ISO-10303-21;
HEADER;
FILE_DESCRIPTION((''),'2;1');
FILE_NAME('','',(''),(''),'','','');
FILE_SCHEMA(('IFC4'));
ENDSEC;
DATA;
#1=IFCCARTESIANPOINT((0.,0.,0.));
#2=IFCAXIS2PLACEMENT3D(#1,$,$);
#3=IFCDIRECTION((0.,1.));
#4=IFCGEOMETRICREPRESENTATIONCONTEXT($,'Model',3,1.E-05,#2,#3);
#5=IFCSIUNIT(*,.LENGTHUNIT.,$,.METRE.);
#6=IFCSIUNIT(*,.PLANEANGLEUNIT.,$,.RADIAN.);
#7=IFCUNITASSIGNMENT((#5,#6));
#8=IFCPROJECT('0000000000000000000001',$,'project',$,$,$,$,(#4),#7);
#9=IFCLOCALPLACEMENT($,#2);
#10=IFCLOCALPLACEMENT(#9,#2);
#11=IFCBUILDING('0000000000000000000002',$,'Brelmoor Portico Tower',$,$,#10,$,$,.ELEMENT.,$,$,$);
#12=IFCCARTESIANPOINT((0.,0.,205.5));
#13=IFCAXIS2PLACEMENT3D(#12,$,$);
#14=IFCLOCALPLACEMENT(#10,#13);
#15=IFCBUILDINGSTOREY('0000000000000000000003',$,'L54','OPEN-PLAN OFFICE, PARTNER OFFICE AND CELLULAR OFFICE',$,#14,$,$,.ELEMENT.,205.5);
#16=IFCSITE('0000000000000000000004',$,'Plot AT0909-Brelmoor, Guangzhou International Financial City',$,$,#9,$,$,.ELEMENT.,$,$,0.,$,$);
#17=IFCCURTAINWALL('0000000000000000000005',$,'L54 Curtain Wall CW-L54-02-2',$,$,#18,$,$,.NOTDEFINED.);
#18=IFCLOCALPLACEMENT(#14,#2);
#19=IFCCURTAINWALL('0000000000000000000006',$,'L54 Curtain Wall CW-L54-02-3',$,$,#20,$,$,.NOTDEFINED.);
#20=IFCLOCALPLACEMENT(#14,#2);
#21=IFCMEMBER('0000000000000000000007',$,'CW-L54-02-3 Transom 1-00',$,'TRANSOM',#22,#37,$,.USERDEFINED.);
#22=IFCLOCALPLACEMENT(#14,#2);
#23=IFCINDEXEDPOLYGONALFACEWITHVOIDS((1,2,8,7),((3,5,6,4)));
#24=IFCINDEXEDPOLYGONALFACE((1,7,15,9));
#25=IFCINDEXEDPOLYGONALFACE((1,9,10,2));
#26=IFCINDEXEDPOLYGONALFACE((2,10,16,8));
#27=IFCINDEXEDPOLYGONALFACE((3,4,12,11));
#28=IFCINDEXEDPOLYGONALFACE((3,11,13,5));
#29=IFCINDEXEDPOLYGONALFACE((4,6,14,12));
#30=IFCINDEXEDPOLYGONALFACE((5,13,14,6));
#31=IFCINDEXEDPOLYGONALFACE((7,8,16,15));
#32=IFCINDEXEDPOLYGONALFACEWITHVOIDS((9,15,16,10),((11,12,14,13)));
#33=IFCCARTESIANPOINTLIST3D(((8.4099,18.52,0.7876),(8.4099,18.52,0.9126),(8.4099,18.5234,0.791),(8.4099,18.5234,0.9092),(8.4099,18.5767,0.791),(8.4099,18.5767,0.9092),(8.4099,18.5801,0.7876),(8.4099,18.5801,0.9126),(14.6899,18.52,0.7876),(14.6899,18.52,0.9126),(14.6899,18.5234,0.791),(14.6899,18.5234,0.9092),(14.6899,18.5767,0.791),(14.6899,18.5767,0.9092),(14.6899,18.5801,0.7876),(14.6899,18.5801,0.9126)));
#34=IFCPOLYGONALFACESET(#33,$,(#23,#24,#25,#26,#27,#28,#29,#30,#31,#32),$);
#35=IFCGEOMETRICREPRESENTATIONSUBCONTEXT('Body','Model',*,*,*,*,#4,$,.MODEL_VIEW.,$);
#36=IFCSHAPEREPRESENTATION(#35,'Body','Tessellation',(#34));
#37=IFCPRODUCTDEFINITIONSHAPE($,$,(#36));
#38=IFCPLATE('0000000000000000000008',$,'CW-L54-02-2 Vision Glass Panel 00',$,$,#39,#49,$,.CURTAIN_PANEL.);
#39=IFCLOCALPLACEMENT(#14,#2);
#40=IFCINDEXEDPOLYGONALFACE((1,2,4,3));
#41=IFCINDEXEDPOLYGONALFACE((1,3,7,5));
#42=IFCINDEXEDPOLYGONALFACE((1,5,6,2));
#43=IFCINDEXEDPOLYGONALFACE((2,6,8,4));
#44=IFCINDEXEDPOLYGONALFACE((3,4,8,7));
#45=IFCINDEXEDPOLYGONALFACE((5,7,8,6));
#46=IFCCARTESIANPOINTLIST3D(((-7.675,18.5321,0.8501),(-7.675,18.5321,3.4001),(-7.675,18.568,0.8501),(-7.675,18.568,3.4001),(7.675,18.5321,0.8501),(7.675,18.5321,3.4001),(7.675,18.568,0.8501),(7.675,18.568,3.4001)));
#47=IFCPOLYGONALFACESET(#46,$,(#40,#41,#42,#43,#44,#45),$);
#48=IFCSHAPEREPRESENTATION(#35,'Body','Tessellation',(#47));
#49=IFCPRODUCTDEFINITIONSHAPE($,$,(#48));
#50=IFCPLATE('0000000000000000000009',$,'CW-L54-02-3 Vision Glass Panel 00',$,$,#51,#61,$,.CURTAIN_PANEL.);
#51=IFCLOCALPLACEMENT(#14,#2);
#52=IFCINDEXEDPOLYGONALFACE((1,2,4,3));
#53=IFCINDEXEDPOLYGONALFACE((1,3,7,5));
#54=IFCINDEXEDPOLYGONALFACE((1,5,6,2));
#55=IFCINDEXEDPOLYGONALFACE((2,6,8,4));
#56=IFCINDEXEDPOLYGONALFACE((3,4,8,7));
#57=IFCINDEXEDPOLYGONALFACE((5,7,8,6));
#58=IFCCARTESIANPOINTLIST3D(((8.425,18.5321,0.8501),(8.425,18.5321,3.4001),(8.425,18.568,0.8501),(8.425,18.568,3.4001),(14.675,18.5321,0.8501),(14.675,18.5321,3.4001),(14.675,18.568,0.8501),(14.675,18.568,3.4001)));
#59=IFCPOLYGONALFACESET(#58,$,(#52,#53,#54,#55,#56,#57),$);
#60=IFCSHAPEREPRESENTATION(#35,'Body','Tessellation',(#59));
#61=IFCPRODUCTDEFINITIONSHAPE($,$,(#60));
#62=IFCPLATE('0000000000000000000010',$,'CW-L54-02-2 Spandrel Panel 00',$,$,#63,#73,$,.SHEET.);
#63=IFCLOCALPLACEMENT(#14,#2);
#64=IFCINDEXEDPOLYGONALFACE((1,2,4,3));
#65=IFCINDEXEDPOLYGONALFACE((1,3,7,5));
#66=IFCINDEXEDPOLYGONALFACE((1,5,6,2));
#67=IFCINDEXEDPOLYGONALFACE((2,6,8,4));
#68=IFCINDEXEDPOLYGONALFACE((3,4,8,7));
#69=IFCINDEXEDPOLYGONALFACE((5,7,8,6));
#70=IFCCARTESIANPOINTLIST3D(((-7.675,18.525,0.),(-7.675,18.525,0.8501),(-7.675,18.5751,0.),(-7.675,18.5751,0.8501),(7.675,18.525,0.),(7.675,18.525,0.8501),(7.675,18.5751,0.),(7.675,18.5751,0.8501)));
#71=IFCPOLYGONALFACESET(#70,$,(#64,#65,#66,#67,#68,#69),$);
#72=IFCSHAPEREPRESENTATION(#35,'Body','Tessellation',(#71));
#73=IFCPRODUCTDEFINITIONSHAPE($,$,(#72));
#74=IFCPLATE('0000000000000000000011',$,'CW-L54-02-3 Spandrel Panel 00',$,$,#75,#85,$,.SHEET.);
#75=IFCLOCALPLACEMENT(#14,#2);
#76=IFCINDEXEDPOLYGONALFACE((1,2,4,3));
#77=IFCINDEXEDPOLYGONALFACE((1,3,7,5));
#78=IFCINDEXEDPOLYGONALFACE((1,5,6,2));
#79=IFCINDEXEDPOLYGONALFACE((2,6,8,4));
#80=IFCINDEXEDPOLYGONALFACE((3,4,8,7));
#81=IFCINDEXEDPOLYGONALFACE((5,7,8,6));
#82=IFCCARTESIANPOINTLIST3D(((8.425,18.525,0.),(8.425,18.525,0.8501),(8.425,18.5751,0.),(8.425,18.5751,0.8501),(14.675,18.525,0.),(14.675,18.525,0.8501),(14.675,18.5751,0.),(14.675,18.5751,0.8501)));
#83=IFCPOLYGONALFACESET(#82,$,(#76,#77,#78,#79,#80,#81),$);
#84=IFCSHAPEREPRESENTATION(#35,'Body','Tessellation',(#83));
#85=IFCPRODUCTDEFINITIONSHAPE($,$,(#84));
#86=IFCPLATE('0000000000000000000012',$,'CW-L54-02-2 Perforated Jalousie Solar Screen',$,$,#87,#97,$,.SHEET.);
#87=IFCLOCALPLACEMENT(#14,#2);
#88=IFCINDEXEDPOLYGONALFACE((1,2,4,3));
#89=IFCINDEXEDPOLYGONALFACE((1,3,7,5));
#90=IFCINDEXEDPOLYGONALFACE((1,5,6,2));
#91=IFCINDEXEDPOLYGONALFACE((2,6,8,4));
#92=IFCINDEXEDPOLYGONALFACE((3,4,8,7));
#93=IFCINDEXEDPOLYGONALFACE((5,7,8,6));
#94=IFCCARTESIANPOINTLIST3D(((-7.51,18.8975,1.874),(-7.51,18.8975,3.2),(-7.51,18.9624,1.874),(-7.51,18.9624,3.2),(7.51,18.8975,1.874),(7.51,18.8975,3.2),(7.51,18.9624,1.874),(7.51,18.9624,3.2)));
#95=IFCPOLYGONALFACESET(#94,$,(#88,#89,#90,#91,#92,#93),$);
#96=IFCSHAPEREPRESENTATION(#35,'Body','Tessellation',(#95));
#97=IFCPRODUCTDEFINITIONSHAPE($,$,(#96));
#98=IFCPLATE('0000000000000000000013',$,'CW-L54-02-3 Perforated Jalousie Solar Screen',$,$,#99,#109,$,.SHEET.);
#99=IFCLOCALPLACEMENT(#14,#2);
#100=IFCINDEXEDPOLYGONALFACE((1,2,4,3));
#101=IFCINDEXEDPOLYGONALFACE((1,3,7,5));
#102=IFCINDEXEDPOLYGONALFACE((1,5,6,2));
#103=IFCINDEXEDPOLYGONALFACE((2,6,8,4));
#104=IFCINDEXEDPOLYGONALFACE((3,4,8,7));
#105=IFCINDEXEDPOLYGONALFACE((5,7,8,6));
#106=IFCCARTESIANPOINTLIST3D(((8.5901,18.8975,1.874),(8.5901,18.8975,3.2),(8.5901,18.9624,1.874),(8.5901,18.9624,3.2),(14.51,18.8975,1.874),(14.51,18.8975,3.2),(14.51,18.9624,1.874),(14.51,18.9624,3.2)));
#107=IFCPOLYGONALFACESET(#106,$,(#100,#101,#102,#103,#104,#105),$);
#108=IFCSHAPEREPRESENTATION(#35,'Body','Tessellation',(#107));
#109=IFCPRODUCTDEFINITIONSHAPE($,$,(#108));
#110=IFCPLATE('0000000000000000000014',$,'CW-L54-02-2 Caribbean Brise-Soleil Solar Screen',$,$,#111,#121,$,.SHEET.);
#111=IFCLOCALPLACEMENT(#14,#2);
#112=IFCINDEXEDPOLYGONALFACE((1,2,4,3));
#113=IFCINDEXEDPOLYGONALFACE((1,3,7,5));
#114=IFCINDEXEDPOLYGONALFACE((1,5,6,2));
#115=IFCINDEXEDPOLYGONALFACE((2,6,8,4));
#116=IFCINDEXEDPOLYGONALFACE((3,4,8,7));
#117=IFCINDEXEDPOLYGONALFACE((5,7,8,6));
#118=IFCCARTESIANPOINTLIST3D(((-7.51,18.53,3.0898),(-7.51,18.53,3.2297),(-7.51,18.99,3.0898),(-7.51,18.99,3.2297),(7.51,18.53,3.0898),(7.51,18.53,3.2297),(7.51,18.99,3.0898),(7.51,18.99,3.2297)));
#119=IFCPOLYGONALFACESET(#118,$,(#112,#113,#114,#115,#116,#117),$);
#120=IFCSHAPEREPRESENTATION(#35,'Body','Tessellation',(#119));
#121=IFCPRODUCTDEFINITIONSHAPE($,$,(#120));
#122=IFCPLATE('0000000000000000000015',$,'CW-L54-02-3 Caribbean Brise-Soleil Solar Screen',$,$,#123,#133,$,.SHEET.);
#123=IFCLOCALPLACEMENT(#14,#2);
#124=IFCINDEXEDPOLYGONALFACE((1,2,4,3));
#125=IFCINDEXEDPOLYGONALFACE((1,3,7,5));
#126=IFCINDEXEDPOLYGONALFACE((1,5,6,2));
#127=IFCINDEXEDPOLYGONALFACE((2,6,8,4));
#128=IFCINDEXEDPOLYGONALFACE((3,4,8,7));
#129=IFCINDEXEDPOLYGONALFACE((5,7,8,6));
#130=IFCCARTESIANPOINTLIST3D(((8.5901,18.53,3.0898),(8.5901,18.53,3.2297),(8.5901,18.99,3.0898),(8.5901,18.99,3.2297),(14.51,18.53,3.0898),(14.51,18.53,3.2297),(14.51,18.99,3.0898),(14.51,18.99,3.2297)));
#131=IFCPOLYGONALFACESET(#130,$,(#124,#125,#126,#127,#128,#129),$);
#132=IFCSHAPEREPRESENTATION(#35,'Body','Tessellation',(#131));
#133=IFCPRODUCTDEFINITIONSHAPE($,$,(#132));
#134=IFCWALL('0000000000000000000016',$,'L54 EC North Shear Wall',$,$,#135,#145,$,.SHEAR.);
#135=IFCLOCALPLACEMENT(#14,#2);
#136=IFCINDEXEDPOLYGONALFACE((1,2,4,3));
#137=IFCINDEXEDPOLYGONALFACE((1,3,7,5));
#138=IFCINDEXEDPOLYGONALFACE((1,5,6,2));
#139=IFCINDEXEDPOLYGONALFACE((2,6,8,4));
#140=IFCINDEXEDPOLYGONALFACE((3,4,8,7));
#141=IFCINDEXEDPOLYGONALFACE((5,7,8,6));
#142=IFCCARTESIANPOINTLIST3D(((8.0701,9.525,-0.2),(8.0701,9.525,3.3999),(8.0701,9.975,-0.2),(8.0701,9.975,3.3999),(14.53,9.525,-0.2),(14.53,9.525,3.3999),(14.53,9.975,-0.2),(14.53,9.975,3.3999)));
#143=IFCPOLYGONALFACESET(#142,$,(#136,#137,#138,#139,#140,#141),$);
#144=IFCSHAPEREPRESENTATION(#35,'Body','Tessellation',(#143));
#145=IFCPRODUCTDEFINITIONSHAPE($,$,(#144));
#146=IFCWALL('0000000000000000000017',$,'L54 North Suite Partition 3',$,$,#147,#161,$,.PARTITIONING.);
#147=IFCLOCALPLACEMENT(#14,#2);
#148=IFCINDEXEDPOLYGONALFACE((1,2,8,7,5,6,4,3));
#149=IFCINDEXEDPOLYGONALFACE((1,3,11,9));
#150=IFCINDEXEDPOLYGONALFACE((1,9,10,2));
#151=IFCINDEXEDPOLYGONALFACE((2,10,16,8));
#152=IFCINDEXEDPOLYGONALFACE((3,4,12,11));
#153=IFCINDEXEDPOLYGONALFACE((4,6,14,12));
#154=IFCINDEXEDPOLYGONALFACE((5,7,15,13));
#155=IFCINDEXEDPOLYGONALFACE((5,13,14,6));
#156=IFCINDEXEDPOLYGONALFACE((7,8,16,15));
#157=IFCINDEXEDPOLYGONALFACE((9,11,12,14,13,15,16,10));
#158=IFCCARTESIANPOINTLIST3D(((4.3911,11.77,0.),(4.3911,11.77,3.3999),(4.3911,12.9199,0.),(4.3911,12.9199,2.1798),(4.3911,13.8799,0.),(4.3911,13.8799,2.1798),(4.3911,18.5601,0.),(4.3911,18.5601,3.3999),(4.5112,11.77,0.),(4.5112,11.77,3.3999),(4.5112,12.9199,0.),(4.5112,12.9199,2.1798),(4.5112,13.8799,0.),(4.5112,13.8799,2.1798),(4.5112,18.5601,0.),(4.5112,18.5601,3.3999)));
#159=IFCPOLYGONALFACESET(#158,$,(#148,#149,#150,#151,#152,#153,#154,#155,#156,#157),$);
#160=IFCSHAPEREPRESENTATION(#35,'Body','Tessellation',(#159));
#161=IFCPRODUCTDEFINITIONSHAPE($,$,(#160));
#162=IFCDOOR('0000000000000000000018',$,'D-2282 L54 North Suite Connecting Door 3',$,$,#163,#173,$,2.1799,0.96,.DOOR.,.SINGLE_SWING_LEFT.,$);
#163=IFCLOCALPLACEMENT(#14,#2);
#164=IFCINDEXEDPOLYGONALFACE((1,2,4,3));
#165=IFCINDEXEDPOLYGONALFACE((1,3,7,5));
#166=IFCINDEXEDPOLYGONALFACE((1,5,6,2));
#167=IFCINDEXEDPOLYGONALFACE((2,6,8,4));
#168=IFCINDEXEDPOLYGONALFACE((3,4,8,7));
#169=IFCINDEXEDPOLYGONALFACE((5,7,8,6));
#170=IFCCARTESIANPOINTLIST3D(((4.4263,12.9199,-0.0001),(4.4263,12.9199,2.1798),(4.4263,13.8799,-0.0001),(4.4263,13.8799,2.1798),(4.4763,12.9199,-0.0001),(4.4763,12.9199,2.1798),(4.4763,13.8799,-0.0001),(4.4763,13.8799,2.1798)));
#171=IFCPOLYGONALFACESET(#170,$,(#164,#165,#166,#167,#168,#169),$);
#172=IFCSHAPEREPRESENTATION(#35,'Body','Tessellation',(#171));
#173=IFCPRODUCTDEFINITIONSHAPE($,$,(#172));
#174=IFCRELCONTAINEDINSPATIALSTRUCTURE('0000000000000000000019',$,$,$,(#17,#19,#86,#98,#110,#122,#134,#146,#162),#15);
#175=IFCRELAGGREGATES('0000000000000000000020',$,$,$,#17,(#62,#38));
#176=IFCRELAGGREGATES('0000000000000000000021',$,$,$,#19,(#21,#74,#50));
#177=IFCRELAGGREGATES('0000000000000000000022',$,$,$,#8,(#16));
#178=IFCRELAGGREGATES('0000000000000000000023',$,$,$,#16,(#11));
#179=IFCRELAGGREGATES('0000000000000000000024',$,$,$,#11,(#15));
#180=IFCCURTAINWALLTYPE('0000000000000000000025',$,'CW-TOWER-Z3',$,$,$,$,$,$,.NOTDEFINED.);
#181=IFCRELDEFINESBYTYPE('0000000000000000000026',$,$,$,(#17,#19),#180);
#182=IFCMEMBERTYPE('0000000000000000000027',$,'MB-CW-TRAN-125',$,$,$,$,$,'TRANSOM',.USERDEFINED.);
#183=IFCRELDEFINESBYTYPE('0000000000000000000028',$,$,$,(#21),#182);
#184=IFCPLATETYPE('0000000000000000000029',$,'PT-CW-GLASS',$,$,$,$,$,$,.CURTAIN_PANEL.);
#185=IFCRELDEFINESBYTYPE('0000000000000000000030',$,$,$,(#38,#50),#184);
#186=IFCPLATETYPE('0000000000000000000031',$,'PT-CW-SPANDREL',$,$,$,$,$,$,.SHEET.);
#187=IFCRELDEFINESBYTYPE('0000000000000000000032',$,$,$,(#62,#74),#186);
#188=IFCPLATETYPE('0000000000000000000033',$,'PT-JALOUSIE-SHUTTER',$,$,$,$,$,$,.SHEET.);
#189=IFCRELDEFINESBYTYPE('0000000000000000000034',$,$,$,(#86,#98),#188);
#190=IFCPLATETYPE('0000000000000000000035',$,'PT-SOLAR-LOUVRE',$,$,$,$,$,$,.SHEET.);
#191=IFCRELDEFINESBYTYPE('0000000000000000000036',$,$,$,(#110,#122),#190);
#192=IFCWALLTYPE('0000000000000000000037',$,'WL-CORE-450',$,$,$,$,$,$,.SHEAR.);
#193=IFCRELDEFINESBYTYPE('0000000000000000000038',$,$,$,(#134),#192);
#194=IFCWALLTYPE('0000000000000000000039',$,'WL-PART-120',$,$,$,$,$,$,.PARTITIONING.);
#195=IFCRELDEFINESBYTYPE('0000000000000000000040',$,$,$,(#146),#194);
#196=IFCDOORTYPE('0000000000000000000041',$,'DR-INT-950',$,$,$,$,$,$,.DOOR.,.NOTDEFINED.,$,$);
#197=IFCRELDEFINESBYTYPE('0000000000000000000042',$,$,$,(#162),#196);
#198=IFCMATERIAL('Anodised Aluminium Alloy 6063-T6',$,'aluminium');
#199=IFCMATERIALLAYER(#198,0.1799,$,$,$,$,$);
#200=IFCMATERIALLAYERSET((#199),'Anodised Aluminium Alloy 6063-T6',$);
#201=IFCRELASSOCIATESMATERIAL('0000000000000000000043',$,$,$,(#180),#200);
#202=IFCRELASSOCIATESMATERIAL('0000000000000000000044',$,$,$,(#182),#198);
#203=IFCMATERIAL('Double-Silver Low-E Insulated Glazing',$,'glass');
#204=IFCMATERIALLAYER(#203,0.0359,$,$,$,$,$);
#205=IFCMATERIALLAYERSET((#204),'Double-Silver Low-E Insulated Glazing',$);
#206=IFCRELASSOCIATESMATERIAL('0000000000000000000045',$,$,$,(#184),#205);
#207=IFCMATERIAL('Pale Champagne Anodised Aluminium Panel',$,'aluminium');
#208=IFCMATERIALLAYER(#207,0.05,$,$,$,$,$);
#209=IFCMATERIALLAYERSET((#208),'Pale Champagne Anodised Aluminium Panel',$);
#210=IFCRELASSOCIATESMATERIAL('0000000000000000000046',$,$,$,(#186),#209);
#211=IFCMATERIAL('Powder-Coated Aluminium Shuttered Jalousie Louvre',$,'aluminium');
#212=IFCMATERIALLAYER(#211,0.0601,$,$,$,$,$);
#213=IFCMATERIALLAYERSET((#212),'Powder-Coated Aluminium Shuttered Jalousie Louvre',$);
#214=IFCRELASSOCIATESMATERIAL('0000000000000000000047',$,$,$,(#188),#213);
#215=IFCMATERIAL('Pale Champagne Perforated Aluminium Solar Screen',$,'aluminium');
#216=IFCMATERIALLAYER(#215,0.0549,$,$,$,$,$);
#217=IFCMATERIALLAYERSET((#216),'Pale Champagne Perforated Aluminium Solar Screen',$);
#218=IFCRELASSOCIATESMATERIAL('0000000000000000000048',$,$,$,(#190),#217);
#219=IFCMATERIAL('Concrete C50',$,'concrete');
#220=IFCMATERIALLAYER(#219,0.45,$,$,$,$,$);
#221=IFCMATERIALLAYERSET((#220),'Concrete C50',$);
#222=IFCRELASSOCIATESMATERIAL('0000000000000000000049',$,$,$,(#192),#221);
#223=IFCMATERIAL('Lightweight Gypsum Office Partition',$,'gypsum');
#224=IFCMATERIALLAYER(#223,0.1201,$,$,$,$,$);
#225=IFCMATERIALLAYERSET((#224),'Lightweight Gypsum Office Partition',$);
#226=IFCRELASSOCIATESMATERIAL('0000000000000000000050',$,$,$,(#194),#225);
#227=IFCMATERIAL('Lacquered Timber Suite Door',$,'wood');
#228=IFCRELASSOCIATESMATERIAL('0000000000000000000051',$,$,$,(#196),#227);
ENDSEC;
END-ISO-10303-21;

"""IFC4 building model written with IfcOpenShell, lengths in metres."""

from ifc_helpers import new_model, si_unit, direction, frame, frame_2d, origin, origin_2d, place, context, subcontext, project, spatial, rectangle, hollow_rectangle, extrude, material, layer, layer_set, material_profile, profile_set, type_object, element, fill, aggregate, save


model = new_model("IFC4")

# Units and contexts
model_context = context("Model", 3, precision=1e-05, world=origin(), true_north=direction((0.0, 1.0)))
body_context = subcontext(model_context, "Body", "Model", "MODEL_VIEW")
ifc_project = project(units=[si_unit("LENGTHUNIT", "METRE"), si_unit("PLANEANGLEUNIT", "RADIAN")], contexts=[model_context])

# Site, building, storey
site_placement = place(None, origin())
site = spatial("IfcSite", under=ifc_project, at=site_placement, Name="Plot AT0909-Brelmoor, Guangzhou International Financial City", CompositionType="ELEMENT", RefElevation=0.0)
building_placement = place(site_placement, origin())
building = spatial("IfcBuilding", under=site, at=building_placement, Name="Brelmoor Portico Tower", CompositionType="ELEMENT")
storey_placement = place(building_placement, frame((0.0, 0.0, 205.5)))
storey = spatial("IfcBuildingStorey", under=building, at=storey_placement, Name="L54", Description="OPEN-PLAN OFFICE, PARTNER OFFICE AND CELLULAR OFFICE", CompositionType="ELEMENT", Elevation=205.5)

# Curtain wall
ifc_material_1 = material(Name="Anodised Aluminium Alloy 6063-T6", Category="aluminium")
ifc_layer_1 = layer(ifc_material_1, 0.1799)
ifc_layer_set_1 = layer_set([ifc_layer_1], Name="Anodised Aluminium Alloy 6063-T6")
curtain_wall_type = type_object("IfcCurtainWallType", Name="CW-TOWER-Z3", PredefinedType="NOTDEFINED", material=ifc_layer_set_1)
curtain_wall_1_placement = place(storey_placement, origin())
curtain_wall_1 = element("IfcCurtainWall", 1, at=curtain_wall_1_placement, inside=storey, type_object=curtain_wall_type, Name="L54 Curtain Wall CW-L54-02-2", PredefinedType="NOTDEFINED")

# Curtain wall, member
curtain_wall_2_placement = place(storey_placement, origin())
curtain_wall_2 = element("IfcCurtainWall", 2, at=curtain_wall_2_placement, inside=storey, type_object=curtain_wall_type, Name="L54 Curtain Wall CW-L54-02-3", PredefinedType="NOTDEFINED")
ifc_material_profile_1 = material_profile(ifc_material_1, hollow_rectangle(XDim=0.0601, YDim=0.125, WallThickness=0.0034, at=origin_2d()), Name="ALU TRANSOM 60x125")
ifc_profile_set_1 = profile_set([ifc_material_profile_1], Name="Anodised Aluminium Alloy 6063-T6")
member_type_1 = type_object("IfcMemberType", Name="MB-CW-TRAN-125", ElementType="TRANSOM", PredefinedType="USERDEFINED", material=ifc_profile_set_1)
member_1_placement = place(storey_placement, frame((8.4099, 18.55, 0.8501), z_axis=(1.0, 0.0, 0.0), x_axis=(0.0, 1.0, 0.0)))
member_1 = element("IfcMember", 3, at=member_1_placement, type_object=member_type_1, Name="CW-L54-02-3 Transom 1-00", ObjectType="TRANSOM", PredefinedType="USERDEFINED", context=body_context, shape_type="SweptSolid", body=[
    extrude(hollow_rectangle(XDim=0.0601, YDim=0.125, WallThickness=0.0034, at=origin_2d()), origin(), (0.0, 0.0, 1.0), 6.28),
])

# Plates
ifc_material_2 = material(Name="Double-Silver Low-E Insulated Glazing", Category="glass")
ifc_layer_2 = layer(ifc_material_2, 0.0359)
ifc_layer_set_2 = layer_set([ifc_layer_2], Name="Double-Silver Low-E Insulated Glazing")
plate_type_1 = type_object("IfcPlateType", Name="PT-CW-GLASS", PredefinedType="CURTAIN_PANEL", material=ifc_layer_set_2)
plate_1_placement = place(storey_placement, frame((0.0, 18.55, 0.8501), z_axis=(0.0, 0.0, 1.0), x_axis=(1.0, 0.0, 0.0)))
plate_1 = element("IfcPlate", 4, at=plate_1_placement, type_object=plate_type_1, Name="CW-L54-02-2 Vision Glass Panel 00", PredefinedType="CURTAIN_PANEL", context=body_context, shape_type="SweptSolid", body=[
    extrude(rectangle(XDim=15.3501, YDim=0.0359, at=origin_2d()), origin(), (0.0, 0.0, 1.0), 2.55),
])
plate_2_placement = place(storey_placement, frame((11.55, 18.55, 0.8501), z_axis=(0.0, 0.0, 1.0), x_axis=(1.0, 0.0, 0.0)))
plate_2 = element("IfcPlate", 5, at=plate_2_placement, type_object=plate_type_1, Name="CW-L54-02-3 Vision Glass Panel 00", PredefinedType="CURTAIN_PANEL", context=body_context, shape_type="SweptSolid", body=[
    extrude(rectangle(XDim=6.25, YDim=0.0359, at=origin_2d()), origin(), (0.0, 0.0, 1.0), 2.55),
])
ifc_material_3 = material(Name="Pale Champagne Anodised Aluminium Panel", Category="aluminium")
ifc_layer_3 = layer(ifc_material_3, 0.05)
ifc_layer_set_3 = layer_set([ifc_layer_3], Name="Pale Champagne Anodised Aluminium Panel")
plate_type_2 = type_object("IfcPlateType", Name="PT-CW-SPANDREL", PredefinedType="SHEET", material=ifc_layer_set_3)
plate_3_placement = place(storey_placement, frame((0.0, 18.55, 0.0), z_axis=(0.0, 0.0, 1.0), x_axis=(1.0, 0.0, 0.0)))
plate_3 = element("IfcPlate", 6, at=plate_3_placement, type_object=plate_type_2, Name="CW-L54-02-2 Spandrel Panel 00", PredefinedType="SHEET", context=body_context, shape_type="SweptSolid", body=[
    extrude(rectangle(XDim=15.3501, YDim=0.05, at=origin_2d()), origin(), (0.0, 0.0, 1.0), 0.8501),
])
aggregate(curtain_wall_1, [plate_3, plate_1])
plate_4_placement = place(storey_placement, frame((11.55, 18.55, 0.0), z_axis=(0.0, 0.0, 1.0), x_axis=(1.0, 0.0, 0.0)))
plate_4 = element("IfcPlate", 7, at=plate_4_placement, type_object=plate_type_2, Name="CW-L54-02-3 Spandrel Panel 00", PredefinedType="SHEET", context=body_context, shape_type="SweptSolid", body=[
    extrude(rectangle(XDim=6.25, YDim=0.05, at=origin_2d()), origin(), (0.0, 0.0, 1.0), 0.8501),
])
aggregate(curtain_wall_2, [member_1, plate_4, plate_2])

# Plates
ifc_material_4 = material(Name="Powder-Coated Aluminium Shuttered Jalousie Louvre", Category="aluminium")
ifc_layer_4 = layer(ifc_material_4, 0.0601)
ifc_layer_set_4 = layer_set([ifc_layer_4], Name="Powder-Coated Aluminium Shuttered Jalousie Louvre")
plate_type_3 = type_object("IfcPlateType", Name="PT-JALOUSIE-SHUTTER", PredefinedType="SHEET", material=ifc_layer_set_4)
plate_5_placement = place(storey_placement, frame((0.0, 18.9299, 1.874), z_axis=(0.0, 0.0, 1.0), x_axis=(1.0, 0.0, 0.0)))
element("IfcPlate", 8, at=plate_5_placement, inside=storey, type_object=plate_type_3, Name="CW-L54-02-2 Perforated Jalousie Solar Screen", PredefinedType="SHEET", context=body_context, shape_type="SweptSolid", body=[
    extrude(rectangle(XDim=15.02, YDim=0.0649, at=origin_2d()), origin(), (0.0, 0.0, 1.0), 1.3259),
])
plate_6_placement = place(storey_placement, frame((11.55, 18.9299, 1.874), z_axis=(0.0, 0.0, 1.0), x_axis=(1.0, 0.0, 0.0)))
element("IfcPlate", 9, at=plate_6_placement, inside=storey, type_object=plate_type_3, Name="CW-L54-02-3 Perforated Jalousie Solar Screen", PredefinedType="SHEET", context=body_context, shape_type="SweptSolid", body=[
    extrude(rectangle(XDim=5.9199, YDim=0.0649, at=origin_2d()), origin(), (0.0, 0.0, 1.0), 1.3259),
])
ifc_material_5 = material(Name="Pale Champagne Perforated Aluminium Solar Screen", Category="aluminium")
ifc_layer_5 = layer(ifc_material_5, 0.0549)
ifc_layer_set_5 = layer_set([ifc_layer_5], Name="Pale Champagne Perforated Aluminium Solar Screen")
plate_type_4 = type_object("IfcPlateType", Name="PT-SOLAR-LOUVRE", PredefinedType="SHEET", material=ifc_layer_set_5)
plate_7_placement = place(storey_placement, frame((0.0, 18.76, 3.0898), z_axis=(0.0, 0.0, 1.0), x_axis=(1.0, 0.0, 0.0)))
element("IfcPlate", 10, at=plate_7_placement, inside=storey, type_object=plate_type_4, Name="CW-L54-02-2 Caribbean Brise-Soleil Solar Screen", PredefinedType="SHEET", context=body_context, shape_type="SweptSolid", body=[
    extrude(rectangle(XDim=15.02, YDim=0.46, at=origin_2d()), origin(), (0.0, 0.0, 1.0), 0.1399),
])
plate_8_placement = place(storey_placement, frame((11.55, 18.76, 3.0898), z_axis=(0.0, 0.0, 1.0), x_axis=(1.0, 0.0, 0.0)))
element("IfcPlate", 11, at=plate_8_placement, inside=storey, type_object=plate_type_4, Name="CW-L54-02-3 Caribbean Brise-Soleil Solar Screen", PredefinedType="SHEET", context=body_context, shape_type="SweptSolid", body=[
    extrude(rectangle(XDim=5.9199, YDim=0.46, at=origin_2d()), origin(), (0.0, 0.0, 1.0), 0.1399),
])

# Wall
ifc_material_6 = material(Name="Concrete C50", Category="concrete")
ifc_layer_6 = layer(ifc_material_6, 0.45)
ifc_layer_set_6 = layer_set([ifc_layer_6], Name="Concrete C50")
wall_type_1 = type_object("IfcWallType", Name="WL-CORE-450", PredefinedType="SHEAR", material=ifc_layer_set_6)
wall_1_placement = place(storey_placement, frame((8.0701, 9.75, -0.2), z_axis=(0.0, 0.0, 1.0), x_axis=(1.0, 0.0, 0.0)))
element("IfcWall", 12, at=wall_1_placement, inside=storey, type_object=wall_type_1, Name="L54 EC North Shear Wall", PredefinedType="SHEAR", context=body_context, shape_type="SweptSolid", body=[
    extrude(rectangle(XDim=6.46, YDim=0.45, at=frame_2d((3.23, 0.0))), origin(), (0.0, 0.0, 1.0), 3.5999),
])

# Wall, opening, door
ifc_material_7 = material(Name="Lightweight Gypsum Office Partition", Category="gypsum")
ifc_layer_7 = layer(ifc_material_7, 0.1201)
ifc_layer_set_7 = layer_set([ifc_layer_7], Name="Lightweight Gypsum Office Partition")
wall_type_2 = type_object("IfcWallType", Name="WL-PART-120", PredefinedType="PARTITIONING", material=ifc_layer_set_7)
wall_2_placement = place(storey_placement, frame((4.4512, 11.77, 0.0), z_axis=(0.0, 0.0, 1.0), x_axis=(0.0, 1.0, 0.0)))
wall_2 = element("IfcWall", 13, at=wall_2_placement, inside=storey, type_object=wall_type_2, Name="L54 North Suite Partition 3", PredefinedType="PARTITIONING", context=body_context, shape_type="SweptSolid", body=[
    extrude(rectangle(XDim=6.79, YDim=0.1201, at=frame_2d((3.395, 0.0))), origin(), (0.0, 0.0, 1.0), 3.3999),
])
opening_1_placement = place(wall_2_placement, frame((1.1499, 0.0, 0.0)))
opening_1 = element("IfcOpeningElement", 14, at=opening_1_placement, cuts=wall_2, PredefinedType="OPENING", context=body_context, shape_type="SweptSolid", body=[
    extrude(rectangle(XDim=0.96, YDim=2.1799, at=frame_2d((0.48, 1.0898))), frame((0.0, 0.0701, 0.0), z_axis=(0.0, -1.0, 0.0), x_axis=(1.0, 0.0, 0.0)), (0.0, 0.0, 1.0), 0.1401),
])
ifc_material_8 = material(Name="Lacquered Timber Suite Door", Category="wood")
door_type = type_object("IfcDoorType", Name="DR-INT-950", OperationType="NOTDEFINED", PredefinedType="DOOR", material=ifc_material_8)
door_1_placement = place(opening_1_placement, origin())
door_1 = element("IfcDoor", 15, at=door_1_placement, inside=storey, type_object=door_type, Name="D-2282 L54 North Suite Connecting Door 3", OperationType="SINGLE_SWING_LEFT", OverallHeight=2.1799, OverallWidth=0.96, PredefinedType="DOOR", context=body_context, shape_type="SweptSolid", body=[
    extrude(rectangle(XDim=0.96, YDim=2.1799, at=frame_2d((0.48, 1.0898))), frame((0.0, 0.0249, 0.0), z_axis=(0.0, -1.0, 0.0), x_axis=(1.0, 0.0, 0.0)), (0.0, 0.0, 1.0), 0.05),
])
fill(opening_1, door_1)

save(model, "model.ifc")
